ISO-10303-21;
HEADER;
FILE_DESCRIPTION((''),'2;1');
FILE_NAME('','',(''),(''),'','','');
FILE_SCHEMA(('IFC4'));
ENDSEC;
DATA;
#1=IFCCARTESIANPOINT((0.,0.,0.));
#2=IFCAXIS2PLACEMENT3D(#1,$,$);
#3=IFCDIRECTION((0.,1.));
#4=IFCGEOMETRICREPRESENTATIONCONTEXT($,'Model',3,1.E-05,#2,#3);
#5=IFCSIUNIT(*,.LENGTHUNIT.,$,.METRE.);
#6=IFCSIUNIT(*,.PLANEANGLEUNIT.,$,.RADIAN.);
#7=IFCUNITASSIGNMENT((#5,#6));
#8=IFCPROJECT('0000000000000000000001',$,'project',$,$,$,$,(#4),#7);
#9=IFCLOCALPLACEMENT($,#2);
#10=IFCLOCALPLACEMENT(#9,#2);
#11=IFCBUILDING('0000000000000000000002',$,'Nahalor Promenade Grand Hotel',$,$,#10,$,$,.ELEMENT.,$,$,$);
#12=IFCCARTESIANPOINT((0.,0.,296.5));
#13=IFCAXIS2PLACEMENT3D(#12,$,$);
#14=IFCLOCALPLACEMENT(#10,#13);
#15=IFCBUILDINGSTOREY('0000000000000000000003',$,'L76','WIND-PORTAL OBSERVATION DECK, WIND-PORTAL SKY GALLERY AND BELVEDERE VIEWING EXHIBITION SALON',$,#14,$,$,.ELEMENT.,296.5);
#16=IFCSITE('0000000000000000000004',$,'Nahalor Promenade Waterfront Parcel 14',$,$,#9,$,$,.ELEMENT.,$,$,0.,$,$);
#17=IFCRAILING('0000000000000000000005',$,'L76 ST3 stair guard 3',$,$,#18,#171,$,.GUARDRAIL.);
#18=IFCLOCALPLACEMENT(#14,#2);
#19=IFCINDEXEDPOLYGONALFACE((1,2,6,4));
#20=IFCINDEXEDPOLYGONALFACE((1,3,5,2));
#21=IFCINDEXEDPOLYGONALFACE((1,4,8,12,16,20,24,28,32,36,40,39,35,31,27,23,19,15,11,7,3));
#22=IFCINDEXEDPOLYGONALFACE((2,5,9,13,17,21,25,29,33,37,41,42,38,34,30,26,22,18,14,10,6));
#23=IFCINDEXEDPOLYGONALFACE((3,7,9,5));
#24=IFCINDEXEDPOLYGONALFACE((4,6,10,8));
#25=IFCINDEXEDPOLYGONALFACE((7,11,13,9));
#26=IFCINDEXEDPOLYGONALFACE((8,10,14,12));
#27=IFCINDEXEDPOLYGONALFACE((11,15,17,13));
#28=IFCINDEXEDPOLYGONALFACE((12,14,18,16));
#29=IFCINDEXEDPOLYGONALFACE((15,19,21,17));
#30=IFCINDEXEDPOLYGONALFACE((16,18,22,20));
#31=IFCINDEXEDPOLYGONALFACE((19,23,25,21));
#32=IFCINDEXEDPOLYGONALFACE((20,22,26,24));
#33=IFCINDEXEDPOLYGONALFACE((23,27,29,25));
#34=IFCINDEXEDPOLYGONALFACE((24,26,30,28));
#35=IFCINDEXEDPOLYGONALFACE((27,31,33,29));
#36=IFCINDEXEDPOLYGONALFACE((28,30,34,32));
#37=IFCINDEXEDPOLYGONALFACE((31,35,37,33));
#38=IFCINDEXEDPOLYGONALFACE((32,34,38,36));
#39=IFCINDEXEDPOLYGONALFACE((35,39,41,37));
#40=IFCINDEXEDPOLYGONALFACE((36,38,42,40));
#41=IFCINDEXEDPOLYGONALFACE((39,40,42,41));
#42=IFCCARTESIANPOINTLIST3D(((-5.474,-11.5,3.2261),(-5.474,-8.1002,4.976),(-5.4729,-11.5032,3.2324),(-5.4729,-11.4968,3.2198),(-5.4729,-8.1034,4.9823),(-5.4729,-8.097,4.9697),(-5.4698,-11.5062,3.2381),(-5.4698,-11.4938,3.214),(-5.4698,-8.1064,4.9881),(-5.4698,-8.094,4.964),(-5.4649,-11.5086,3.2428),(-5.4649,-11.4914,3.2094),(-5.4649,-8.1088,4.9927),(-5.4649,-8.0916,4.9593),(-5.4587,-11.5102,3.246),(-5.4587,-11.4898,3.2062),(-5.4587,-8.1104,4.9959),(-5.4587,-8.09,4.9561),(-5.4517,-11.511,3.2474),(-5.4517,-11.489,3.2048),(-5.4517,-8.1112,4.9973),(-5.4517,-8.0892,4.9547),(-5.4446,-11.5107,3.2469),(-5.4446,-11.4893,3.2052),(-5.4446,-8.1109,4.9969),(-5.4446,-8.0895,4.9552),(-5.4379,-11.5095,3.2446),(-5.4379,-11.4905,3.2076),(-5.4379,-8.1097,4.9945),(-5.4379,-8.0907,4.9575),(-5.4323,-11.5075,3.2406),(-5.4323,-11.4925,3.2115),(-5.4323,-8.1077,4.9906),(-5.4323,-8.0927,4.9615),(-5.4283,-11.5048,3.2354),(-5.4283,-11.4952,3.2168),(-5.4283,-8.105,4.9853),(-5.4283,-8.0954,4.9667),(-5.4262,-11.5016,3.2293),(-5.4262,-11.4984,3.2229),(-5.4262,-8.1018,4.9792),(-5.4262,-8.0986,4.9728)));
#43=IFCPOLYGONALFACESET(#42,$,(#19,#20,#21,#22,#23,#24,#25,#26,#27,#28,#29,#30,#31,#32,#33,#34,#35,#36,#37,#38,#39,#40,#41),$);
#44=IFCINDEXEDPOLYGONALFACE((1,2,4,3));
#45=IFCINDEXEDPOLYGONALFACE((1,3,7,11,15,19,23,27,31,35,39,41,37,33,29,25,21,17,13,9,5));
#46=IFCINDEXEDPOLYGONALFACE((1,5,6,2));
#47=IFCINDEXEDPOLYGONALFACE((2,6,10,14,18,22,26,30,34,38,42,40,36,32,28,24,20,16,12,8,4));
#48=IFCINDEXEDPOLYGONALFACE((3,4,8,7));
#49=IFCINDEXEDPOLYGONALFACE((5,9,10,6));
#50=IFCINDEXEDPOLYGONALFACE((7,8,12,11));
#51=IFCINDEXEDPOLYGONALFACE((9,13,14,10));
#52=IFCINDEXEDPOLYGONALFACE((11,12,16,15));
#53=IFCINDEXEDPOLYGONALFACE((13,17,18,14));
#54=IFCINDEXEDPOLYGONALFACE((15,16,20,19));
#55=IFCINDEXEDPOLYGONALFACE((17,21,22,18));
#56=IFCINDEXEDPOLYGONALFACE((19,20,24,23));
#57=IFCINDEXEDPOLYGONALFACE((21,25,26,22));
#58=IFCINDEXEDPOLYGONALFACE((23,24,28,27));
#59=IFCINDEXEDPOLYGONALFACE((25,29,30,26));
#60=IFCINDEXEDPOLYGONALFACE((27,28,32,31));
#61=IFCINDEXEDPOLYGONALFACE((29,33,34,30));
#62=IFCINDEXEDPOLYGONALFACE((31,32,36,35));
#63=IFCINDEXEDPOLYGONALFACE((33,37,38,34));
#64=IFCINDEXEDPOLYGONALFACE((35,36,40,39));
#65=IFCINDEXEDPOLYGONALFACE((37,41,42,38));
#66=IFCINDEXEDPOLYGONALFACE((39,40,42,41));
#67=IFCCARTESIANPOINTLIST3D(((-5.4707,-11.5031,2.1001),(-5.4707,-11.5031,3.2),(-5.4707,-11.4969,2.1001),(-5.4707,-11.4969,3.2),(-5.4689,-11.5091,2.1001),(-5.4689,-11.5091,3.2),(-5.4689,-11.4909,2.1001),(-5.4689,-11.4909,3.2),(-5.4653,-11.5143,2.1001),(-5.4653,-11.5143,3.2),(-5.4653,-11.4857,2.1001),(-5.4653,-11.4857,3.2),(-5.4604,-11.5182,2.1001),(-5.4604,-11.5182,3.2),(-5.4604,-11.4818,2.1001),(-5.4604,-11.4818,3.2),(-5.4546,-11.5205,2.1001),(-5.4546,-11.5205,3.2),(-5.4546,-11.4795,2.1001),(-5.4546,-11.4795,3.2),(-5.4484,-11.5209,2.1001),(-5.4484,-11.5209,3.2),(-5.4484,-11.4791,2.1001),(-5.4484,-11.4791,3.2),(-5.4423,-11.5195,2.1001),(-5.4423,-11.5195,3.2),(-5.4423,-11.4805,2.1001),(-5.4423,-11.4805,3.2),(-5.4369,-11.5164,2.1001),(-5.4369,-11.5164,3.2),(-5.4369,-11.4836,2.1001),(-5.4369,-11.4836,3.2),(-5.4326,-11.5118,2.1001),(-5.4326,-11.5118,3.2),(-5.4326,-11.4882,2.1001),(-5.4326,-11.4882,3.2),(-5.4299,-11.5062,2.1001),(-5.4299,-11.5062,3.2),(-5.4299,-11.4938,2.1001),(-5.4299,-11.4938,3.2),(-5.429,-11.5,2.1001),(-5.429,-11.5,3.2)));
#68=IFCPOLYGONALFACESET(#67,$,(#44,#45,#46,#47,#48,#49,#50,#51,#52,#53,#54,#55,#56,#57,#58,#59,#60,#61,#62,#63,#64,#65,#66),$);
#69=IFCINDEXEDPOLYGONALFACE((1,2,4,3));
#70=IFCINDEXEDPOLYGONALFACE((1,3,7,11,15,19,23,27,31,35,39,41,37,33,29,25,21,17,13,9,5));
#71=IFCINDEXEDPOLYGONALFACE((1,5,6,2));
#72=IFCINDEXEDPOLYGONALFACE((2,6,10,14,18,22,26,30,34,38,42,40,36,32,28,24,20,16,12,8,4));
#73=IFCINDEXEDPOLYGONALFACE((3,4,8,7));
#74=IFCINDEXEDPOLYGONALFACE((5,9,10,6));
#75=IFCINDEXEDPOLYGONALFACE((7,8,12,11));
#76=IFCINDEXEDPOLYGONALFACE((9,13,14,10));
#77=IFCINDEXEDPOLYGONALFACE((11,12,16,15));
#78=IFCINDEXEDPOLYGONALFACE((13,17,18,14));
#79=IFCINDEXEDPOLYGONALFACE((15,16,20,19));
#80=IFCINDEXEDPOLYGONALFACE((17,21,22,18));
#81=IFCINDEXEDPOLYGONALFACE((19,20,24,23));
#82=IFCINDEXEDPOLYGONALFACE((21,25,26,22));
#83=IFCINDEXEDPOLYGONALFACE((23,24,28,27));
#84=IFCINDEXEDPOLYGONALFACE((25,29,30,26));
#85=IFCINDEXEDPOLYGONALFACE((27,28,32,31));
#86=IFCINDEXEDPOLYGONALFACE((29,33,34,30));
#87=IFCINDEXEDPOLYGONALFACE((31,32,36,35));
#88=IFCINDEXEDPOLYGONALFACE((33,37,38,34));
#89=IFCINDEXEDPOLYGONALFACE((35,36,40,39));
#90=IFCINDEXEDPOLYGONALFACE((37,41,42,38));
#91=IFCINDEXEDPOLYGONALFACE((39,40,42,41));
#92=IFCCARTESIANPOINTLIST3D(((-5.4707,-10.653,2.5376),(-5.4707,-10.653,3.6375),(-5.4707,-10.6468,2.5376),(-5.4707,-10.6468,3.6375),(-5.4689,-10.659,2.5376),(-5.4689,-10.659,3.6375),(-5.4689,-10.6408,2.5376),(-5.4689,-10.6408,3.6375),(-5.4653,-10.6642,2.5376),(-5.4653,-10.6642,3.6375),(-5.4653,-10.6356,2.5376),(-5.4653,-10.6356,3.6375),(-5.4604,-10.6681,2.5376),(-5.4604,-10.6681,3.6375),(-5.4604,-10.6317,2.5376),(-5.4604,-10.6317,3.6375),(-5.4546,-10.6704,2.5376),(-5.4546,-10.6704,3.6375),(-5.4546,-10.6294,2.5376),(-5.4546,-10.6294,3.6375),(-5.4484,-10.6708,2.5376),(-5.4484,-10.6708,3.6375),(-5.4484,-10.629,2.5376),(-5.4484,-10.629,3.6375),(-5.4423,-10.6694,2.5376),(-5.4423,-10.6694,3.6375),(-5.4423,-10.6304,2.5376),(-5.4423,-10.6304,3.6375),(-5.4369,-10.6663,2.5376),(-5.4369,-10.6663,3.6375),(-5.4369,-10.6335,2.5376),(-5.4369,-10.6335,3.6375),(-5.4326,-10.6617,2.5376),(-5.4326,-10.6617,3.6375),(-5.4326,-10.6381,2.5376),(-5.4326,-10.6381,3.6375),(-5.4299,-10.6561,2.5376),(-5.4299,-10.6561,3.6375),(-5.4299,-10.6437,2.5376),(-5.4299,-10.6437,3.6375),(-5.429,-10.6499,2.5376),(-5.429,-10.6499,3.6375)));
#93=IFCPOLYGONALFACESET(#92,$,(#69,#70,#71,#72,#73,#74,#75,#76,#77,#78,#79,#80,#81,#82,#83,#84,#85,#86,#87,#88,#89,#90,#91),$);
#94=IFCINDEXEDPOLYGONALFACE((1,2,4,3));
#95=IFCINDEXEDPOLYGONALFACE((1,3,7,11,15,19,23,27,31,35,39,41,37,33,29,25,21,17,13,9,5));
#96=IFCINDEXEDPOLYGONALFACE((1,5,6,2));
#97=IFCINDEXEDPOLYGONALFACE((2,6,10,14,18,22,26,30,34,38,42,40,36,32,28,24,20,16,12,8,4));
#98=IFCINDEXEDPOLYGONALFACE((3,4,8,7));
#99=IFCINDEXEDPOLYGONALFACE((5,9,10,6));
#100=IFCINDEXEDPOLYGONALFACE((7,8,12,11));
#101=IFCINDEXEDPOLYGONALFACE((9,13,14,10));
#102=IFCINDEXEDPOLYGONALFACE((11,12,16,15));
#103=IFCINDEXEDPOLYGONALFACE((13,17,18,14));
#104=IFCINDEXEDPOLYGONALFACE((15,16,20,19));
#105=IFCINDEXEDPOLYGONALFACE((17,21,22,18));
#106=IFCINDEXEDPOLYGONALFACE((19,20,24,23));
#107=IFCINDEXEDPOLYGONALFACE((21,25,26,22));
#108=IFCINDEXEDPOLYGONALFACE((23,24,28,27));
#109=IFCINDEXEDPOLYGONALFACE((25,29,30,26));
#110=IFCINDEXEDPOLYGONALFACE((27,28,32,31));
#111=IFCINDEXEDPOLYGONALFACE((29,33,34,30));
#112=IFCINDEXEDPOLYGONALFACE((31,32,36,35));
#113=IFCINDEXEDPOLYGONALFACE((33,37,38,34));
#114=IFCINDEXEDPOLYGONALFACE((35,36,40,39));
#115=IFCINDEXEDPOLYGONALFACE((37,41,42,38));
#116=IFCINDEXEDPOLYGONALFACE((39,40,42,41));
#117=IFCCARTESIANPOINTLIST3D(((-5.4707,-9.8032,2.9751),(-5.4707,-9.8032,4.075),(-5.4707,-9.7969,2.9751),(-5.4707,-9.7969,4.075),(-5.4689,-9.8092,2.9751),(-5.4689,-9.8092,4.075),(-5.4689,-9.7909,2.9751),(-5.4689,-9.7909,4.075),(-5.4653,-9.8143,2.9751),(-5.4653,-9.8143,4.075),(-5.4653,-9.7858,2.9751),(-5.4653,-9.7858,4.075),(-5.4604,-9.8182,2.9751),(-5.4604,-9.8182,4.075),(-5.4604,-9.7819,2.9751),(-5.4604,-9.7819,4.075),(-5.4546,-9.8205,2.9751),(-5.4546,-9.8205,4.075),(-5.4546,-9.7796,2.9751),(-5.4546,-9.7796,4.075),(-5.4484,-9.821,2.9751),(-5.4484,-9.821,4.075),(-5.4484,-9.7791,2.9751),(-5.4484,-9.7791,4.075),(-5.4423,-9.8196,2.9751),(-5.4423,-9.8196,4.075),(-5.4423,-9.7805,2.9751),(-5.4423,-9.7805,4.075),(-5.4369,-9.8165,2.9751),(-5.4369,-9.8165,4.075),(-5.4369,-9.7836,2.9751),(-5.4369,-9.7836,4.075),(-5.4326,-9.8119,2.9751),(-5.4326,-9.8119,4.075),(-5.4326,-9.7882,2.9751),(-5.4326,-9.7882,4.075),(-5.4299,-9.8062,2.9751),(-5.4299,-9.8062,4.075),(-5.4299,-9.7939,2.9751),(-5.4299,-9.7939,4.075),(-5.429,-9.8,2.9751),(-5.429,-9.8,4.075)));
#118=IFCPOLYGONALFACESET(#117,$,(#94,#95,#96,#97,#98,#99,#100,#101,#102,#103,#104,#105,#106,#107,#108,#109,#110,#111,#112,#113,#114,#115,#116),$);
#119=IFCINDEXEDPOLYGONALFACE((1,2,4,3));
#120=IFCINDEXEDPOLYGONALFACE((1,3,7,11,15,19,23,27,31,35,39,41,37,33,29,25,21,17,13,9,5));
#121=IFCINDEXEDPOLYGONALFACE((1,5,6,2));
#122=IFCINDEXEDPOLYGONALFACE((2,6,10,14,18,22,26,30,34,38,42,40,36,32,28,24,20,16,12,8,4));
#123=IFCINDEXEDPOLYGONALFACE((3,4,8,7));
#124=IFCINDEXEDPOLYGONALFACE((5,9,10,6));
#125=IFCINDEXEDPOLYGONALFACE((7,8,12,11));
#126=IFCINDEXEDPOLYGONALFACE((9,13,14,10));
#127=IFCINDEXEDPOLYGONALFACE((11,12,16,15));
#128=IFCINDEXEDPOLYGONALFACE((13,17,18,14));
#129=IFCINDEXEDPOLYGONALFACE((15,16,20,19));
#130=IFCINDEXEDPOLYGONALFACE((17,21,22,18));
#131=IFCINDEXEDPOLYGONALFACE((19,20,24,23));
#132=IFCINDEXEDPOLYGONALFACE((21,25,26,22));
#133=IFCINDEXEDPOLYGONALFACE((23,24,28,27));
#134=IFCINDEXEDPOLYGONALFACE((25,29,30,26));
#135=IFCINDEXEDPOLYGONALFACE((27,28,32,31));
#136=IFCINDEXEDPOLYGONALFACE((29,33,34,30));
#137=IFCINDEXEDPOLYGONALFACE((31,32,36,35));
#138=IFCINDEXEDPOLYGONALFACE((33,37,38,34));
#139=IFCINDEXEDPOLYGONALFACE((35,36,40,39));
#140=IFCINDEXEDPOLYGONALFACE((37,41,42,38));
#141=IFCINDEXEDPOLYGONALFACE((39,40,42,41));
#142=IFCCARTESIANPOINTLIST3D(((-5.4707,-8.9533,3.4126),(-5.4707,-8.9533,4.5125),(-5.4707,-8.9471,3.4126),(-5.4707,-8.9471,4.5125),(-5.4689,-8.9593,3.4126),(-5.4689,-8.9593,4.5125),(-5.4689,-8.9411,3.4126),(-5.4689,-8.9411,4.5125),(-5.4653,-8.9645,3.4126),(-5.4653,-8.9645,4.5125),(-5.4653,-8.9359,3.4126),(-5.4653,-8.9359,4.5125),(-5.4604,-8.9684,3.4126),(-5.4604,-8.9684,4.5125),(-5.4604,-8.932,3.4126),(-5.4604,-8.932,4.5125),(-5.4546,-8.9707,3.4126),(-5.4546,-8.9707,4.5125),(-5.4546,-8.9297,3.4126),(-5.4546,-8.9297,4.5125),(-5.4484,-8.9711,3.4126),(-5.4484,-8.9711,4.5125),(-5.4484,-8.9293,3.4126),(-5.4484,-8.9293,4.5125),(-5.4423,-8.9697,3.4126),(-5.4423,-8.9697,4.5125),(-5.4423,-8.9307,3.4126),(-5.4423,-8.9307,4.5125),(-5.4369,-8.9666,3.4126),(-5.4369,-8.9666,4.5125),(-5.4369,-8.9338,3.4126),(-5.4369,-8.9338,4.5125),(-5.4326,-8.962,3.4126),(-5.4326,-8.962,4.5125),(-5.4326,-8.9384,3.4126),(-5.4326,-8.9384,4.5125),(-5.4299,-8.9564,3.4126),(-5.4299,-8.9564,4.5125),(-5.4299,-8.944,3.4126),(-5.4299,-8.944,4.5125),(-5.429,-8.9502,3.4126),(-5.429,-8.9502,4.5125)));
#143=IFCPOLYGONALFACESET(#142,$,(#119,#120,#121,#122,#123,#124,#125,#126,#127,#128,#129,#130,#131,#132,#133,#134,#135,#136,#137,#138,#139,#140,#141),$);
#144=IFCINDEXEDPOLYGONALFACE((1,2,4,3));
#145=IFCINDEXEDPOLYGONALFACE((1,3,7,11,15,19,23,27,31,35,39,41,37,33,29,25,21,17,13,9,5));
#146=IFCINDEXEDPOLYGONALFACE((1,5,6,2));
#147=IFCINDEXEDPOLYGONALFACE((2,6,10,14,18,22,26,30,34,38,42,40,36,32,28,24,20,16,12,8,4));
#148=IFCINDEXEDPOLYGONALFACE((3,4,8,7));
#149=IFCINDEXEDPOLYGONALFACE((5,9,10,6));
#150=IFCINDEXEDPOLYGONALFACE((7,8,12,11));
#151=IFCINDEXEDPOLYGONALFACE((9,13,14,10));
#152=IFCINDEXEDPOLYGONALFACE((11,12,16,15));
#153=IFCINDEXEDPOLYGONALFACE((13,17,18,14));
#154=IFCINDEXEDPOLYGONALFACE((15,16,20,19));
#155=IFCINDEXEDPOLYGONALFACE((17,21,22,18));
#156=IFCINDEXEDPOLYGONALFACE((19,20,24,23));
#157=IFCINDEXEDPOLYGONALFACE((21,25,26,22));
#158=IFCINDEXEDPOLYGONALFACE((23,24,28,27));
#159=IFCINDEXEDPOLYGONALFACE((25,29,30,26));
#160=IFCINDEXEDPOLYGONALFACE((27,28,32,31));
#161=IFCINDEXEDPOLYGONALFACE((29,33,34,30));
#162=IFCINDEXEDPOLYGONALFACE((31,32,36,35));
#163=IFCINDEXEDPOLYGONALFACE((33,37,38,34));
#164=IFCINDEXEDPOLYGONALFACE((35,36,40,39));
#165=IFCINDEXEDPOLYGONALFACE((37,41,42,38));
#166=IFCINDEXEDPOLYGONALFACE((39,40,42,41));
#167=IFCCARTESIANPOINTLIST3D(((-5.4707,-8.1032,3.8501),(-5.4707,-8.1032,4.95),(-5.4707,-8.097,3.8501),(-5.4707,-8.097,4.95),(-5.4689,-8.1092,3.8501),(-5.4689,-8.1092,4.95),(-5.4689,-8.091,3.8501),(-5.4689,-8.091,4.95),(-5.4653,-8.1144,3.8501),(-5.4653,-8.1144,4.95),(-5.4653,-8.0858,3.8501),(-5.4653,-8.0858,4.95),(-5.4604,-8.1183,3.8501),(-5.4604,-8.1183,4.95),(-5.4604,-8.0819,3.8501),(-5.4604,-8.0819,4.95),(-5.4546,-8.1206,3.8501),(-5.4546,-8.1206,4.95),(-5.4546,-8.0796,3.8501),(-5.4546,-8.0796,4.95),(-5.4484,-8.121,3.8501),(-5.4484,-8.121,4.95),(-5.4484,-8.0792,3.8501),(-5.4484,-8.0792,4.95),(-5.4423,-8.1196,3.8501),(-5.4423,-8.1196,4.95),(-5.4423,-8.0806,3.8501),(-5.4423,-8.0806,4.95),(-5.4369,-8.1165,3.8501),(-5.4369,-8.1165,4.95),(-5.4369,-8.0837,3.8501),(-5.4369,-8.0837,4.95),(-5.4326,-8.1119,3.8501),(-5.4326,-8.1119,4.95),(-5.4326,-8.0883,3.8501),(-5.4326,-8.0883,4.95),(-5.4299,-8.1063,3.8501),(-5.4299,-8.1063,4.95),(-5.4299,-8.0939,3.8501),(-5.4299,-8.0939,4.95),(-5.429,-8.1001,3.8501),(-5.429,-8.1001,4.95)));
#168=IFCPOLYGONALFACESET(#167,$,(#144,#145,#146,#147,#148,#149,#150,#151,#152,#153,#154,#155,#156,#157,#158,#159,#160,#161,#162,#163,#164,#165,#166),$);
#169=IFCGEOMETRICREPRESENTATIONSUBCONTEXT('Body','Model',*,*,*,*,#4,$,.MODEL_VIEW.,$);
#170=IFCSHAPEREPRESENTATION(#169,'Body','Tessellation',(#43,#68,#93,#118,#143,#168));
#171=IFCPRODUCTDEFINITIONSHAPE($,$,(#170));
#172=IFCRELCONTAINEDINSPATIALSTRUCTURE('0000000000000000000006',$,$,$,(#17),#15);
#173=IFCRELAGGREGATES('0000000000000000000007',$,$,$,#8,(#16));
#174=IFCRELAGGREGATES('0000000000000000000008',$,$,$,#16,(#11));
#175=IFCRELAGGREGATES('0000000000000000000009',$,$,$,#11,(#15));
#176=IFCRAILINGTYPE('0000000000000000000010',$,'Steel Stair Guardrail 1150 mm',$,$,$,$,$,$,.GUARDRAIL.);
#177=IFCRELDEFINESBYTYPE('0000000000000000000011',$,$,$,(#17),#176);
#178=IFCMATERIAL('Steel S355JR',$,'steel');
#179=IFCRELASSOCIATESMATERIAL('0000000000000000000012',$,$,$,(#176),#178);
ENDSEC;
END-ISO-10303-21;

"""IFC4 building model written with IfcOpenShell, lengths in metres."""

from ifc_helpers import new_model, si_unit, direction, frame, origin, origin_2d, place, context, subcontext, project, spatial, circle, extrude, material, type_object, element, save


model = new_model("IFC4")

# Units and contexts
model_context = context("Model", 3, precision=1e-05, world=origin(), true_north=direction((0.0, 1.0)))
body_context = subcontext(model_context, "Body", "Model", "MODEL_VIEW")
ifc_project = project(units=[si_unit("LENGTHUNIT", "METRE"), si_unit("PLANEANGLEUNIT", "RADIAN")], contexts=[model_context])

# Site, building, storey
site_placement = place(None, origin())
site = spatial("IfcSite", under=ifc_project, at=site_placement, Name="Nahalor Promenade Waterfront Parcel 14", CompositionType="ELEMENT", RefElevation=0.0)
building_placement = place(site_placement, origin())
building = spatial("IfcBuilding", under=site, at=building_placement, Name="Nahalor Promenade Grand Hotel", CompositionType="ELEMENT")
storey_placement = place(building_placement, frame((0.0, 0.0, 296.5)))
storey = spatial("IfcBuildingStorey", under=building, at=storey_placement, Name="L76", Description="WIND-PORTAL OBSERVATION DECK, WIND-PORTAL SKY GALLERY AND BELVEDERE VIEWING EXHIBITION SALON", CompositionType="ELEMENT", Elevation=296.5)

# Shared definitions
ifc_material_1 = material(Name="Steel S355JR", Category="steel")

# Railing
railing_type_1 = type_object("IfcRailingType", Name="Steel Stair Guardrail 1150 mm", PredefinedType="GUARDRAIL", material=ifc_material_1)
railing_1_placement = place(storey_placement, frame((-5.45, -11.5, 2.1001)))
element("IfcRailing", 1, at=railing_1_placement, inside=storey, type_object=railing_type_1, Name="L76 ST3 stair guard 3", PredefinedType="GUARDRAIL", context=body_context, shape_type="SweptSolid", body=[
    extrude(circle(Radius=0.024, at=origin_2d()), frame((0.0, 0.0, 1.126), z_axis=(0.0, 0.88913, 0.457654), x_axis=(-1.0, 0.0, 0.0)), (0.0, 0.0, 1.0), 3.8237),
    extrude(circle(Radius=0.021, at=origin_2d()), origin(), (0.0, 0.0, 1.0), 1.0999),
    extrude(circle(Radius=0.021, at=origin_2d()), frame((0.0, 0.8501, 0.4375)), (0.0, 0.0, 1.0), 1.0999),
    extrude(circle(Radius=0.021, at=origin_2d()), frame((0.0, 1.7, 0.875)), (0.0, 0.0, 1.0), 1.0999),
    extrude(circle(Radius=0.021, at=origin_2d()), frame((0.0, 2.5498, 1.3125)), (0.0, 0.0, 1.0), 1.0999),
    extrude(circle(Radius=0.021, at=origin_2d()), frame((0.0, 3.3999, 1.75)), (0.0, 0.0, 1.0), 1.0999),
])

save(model, "model.ifc")
